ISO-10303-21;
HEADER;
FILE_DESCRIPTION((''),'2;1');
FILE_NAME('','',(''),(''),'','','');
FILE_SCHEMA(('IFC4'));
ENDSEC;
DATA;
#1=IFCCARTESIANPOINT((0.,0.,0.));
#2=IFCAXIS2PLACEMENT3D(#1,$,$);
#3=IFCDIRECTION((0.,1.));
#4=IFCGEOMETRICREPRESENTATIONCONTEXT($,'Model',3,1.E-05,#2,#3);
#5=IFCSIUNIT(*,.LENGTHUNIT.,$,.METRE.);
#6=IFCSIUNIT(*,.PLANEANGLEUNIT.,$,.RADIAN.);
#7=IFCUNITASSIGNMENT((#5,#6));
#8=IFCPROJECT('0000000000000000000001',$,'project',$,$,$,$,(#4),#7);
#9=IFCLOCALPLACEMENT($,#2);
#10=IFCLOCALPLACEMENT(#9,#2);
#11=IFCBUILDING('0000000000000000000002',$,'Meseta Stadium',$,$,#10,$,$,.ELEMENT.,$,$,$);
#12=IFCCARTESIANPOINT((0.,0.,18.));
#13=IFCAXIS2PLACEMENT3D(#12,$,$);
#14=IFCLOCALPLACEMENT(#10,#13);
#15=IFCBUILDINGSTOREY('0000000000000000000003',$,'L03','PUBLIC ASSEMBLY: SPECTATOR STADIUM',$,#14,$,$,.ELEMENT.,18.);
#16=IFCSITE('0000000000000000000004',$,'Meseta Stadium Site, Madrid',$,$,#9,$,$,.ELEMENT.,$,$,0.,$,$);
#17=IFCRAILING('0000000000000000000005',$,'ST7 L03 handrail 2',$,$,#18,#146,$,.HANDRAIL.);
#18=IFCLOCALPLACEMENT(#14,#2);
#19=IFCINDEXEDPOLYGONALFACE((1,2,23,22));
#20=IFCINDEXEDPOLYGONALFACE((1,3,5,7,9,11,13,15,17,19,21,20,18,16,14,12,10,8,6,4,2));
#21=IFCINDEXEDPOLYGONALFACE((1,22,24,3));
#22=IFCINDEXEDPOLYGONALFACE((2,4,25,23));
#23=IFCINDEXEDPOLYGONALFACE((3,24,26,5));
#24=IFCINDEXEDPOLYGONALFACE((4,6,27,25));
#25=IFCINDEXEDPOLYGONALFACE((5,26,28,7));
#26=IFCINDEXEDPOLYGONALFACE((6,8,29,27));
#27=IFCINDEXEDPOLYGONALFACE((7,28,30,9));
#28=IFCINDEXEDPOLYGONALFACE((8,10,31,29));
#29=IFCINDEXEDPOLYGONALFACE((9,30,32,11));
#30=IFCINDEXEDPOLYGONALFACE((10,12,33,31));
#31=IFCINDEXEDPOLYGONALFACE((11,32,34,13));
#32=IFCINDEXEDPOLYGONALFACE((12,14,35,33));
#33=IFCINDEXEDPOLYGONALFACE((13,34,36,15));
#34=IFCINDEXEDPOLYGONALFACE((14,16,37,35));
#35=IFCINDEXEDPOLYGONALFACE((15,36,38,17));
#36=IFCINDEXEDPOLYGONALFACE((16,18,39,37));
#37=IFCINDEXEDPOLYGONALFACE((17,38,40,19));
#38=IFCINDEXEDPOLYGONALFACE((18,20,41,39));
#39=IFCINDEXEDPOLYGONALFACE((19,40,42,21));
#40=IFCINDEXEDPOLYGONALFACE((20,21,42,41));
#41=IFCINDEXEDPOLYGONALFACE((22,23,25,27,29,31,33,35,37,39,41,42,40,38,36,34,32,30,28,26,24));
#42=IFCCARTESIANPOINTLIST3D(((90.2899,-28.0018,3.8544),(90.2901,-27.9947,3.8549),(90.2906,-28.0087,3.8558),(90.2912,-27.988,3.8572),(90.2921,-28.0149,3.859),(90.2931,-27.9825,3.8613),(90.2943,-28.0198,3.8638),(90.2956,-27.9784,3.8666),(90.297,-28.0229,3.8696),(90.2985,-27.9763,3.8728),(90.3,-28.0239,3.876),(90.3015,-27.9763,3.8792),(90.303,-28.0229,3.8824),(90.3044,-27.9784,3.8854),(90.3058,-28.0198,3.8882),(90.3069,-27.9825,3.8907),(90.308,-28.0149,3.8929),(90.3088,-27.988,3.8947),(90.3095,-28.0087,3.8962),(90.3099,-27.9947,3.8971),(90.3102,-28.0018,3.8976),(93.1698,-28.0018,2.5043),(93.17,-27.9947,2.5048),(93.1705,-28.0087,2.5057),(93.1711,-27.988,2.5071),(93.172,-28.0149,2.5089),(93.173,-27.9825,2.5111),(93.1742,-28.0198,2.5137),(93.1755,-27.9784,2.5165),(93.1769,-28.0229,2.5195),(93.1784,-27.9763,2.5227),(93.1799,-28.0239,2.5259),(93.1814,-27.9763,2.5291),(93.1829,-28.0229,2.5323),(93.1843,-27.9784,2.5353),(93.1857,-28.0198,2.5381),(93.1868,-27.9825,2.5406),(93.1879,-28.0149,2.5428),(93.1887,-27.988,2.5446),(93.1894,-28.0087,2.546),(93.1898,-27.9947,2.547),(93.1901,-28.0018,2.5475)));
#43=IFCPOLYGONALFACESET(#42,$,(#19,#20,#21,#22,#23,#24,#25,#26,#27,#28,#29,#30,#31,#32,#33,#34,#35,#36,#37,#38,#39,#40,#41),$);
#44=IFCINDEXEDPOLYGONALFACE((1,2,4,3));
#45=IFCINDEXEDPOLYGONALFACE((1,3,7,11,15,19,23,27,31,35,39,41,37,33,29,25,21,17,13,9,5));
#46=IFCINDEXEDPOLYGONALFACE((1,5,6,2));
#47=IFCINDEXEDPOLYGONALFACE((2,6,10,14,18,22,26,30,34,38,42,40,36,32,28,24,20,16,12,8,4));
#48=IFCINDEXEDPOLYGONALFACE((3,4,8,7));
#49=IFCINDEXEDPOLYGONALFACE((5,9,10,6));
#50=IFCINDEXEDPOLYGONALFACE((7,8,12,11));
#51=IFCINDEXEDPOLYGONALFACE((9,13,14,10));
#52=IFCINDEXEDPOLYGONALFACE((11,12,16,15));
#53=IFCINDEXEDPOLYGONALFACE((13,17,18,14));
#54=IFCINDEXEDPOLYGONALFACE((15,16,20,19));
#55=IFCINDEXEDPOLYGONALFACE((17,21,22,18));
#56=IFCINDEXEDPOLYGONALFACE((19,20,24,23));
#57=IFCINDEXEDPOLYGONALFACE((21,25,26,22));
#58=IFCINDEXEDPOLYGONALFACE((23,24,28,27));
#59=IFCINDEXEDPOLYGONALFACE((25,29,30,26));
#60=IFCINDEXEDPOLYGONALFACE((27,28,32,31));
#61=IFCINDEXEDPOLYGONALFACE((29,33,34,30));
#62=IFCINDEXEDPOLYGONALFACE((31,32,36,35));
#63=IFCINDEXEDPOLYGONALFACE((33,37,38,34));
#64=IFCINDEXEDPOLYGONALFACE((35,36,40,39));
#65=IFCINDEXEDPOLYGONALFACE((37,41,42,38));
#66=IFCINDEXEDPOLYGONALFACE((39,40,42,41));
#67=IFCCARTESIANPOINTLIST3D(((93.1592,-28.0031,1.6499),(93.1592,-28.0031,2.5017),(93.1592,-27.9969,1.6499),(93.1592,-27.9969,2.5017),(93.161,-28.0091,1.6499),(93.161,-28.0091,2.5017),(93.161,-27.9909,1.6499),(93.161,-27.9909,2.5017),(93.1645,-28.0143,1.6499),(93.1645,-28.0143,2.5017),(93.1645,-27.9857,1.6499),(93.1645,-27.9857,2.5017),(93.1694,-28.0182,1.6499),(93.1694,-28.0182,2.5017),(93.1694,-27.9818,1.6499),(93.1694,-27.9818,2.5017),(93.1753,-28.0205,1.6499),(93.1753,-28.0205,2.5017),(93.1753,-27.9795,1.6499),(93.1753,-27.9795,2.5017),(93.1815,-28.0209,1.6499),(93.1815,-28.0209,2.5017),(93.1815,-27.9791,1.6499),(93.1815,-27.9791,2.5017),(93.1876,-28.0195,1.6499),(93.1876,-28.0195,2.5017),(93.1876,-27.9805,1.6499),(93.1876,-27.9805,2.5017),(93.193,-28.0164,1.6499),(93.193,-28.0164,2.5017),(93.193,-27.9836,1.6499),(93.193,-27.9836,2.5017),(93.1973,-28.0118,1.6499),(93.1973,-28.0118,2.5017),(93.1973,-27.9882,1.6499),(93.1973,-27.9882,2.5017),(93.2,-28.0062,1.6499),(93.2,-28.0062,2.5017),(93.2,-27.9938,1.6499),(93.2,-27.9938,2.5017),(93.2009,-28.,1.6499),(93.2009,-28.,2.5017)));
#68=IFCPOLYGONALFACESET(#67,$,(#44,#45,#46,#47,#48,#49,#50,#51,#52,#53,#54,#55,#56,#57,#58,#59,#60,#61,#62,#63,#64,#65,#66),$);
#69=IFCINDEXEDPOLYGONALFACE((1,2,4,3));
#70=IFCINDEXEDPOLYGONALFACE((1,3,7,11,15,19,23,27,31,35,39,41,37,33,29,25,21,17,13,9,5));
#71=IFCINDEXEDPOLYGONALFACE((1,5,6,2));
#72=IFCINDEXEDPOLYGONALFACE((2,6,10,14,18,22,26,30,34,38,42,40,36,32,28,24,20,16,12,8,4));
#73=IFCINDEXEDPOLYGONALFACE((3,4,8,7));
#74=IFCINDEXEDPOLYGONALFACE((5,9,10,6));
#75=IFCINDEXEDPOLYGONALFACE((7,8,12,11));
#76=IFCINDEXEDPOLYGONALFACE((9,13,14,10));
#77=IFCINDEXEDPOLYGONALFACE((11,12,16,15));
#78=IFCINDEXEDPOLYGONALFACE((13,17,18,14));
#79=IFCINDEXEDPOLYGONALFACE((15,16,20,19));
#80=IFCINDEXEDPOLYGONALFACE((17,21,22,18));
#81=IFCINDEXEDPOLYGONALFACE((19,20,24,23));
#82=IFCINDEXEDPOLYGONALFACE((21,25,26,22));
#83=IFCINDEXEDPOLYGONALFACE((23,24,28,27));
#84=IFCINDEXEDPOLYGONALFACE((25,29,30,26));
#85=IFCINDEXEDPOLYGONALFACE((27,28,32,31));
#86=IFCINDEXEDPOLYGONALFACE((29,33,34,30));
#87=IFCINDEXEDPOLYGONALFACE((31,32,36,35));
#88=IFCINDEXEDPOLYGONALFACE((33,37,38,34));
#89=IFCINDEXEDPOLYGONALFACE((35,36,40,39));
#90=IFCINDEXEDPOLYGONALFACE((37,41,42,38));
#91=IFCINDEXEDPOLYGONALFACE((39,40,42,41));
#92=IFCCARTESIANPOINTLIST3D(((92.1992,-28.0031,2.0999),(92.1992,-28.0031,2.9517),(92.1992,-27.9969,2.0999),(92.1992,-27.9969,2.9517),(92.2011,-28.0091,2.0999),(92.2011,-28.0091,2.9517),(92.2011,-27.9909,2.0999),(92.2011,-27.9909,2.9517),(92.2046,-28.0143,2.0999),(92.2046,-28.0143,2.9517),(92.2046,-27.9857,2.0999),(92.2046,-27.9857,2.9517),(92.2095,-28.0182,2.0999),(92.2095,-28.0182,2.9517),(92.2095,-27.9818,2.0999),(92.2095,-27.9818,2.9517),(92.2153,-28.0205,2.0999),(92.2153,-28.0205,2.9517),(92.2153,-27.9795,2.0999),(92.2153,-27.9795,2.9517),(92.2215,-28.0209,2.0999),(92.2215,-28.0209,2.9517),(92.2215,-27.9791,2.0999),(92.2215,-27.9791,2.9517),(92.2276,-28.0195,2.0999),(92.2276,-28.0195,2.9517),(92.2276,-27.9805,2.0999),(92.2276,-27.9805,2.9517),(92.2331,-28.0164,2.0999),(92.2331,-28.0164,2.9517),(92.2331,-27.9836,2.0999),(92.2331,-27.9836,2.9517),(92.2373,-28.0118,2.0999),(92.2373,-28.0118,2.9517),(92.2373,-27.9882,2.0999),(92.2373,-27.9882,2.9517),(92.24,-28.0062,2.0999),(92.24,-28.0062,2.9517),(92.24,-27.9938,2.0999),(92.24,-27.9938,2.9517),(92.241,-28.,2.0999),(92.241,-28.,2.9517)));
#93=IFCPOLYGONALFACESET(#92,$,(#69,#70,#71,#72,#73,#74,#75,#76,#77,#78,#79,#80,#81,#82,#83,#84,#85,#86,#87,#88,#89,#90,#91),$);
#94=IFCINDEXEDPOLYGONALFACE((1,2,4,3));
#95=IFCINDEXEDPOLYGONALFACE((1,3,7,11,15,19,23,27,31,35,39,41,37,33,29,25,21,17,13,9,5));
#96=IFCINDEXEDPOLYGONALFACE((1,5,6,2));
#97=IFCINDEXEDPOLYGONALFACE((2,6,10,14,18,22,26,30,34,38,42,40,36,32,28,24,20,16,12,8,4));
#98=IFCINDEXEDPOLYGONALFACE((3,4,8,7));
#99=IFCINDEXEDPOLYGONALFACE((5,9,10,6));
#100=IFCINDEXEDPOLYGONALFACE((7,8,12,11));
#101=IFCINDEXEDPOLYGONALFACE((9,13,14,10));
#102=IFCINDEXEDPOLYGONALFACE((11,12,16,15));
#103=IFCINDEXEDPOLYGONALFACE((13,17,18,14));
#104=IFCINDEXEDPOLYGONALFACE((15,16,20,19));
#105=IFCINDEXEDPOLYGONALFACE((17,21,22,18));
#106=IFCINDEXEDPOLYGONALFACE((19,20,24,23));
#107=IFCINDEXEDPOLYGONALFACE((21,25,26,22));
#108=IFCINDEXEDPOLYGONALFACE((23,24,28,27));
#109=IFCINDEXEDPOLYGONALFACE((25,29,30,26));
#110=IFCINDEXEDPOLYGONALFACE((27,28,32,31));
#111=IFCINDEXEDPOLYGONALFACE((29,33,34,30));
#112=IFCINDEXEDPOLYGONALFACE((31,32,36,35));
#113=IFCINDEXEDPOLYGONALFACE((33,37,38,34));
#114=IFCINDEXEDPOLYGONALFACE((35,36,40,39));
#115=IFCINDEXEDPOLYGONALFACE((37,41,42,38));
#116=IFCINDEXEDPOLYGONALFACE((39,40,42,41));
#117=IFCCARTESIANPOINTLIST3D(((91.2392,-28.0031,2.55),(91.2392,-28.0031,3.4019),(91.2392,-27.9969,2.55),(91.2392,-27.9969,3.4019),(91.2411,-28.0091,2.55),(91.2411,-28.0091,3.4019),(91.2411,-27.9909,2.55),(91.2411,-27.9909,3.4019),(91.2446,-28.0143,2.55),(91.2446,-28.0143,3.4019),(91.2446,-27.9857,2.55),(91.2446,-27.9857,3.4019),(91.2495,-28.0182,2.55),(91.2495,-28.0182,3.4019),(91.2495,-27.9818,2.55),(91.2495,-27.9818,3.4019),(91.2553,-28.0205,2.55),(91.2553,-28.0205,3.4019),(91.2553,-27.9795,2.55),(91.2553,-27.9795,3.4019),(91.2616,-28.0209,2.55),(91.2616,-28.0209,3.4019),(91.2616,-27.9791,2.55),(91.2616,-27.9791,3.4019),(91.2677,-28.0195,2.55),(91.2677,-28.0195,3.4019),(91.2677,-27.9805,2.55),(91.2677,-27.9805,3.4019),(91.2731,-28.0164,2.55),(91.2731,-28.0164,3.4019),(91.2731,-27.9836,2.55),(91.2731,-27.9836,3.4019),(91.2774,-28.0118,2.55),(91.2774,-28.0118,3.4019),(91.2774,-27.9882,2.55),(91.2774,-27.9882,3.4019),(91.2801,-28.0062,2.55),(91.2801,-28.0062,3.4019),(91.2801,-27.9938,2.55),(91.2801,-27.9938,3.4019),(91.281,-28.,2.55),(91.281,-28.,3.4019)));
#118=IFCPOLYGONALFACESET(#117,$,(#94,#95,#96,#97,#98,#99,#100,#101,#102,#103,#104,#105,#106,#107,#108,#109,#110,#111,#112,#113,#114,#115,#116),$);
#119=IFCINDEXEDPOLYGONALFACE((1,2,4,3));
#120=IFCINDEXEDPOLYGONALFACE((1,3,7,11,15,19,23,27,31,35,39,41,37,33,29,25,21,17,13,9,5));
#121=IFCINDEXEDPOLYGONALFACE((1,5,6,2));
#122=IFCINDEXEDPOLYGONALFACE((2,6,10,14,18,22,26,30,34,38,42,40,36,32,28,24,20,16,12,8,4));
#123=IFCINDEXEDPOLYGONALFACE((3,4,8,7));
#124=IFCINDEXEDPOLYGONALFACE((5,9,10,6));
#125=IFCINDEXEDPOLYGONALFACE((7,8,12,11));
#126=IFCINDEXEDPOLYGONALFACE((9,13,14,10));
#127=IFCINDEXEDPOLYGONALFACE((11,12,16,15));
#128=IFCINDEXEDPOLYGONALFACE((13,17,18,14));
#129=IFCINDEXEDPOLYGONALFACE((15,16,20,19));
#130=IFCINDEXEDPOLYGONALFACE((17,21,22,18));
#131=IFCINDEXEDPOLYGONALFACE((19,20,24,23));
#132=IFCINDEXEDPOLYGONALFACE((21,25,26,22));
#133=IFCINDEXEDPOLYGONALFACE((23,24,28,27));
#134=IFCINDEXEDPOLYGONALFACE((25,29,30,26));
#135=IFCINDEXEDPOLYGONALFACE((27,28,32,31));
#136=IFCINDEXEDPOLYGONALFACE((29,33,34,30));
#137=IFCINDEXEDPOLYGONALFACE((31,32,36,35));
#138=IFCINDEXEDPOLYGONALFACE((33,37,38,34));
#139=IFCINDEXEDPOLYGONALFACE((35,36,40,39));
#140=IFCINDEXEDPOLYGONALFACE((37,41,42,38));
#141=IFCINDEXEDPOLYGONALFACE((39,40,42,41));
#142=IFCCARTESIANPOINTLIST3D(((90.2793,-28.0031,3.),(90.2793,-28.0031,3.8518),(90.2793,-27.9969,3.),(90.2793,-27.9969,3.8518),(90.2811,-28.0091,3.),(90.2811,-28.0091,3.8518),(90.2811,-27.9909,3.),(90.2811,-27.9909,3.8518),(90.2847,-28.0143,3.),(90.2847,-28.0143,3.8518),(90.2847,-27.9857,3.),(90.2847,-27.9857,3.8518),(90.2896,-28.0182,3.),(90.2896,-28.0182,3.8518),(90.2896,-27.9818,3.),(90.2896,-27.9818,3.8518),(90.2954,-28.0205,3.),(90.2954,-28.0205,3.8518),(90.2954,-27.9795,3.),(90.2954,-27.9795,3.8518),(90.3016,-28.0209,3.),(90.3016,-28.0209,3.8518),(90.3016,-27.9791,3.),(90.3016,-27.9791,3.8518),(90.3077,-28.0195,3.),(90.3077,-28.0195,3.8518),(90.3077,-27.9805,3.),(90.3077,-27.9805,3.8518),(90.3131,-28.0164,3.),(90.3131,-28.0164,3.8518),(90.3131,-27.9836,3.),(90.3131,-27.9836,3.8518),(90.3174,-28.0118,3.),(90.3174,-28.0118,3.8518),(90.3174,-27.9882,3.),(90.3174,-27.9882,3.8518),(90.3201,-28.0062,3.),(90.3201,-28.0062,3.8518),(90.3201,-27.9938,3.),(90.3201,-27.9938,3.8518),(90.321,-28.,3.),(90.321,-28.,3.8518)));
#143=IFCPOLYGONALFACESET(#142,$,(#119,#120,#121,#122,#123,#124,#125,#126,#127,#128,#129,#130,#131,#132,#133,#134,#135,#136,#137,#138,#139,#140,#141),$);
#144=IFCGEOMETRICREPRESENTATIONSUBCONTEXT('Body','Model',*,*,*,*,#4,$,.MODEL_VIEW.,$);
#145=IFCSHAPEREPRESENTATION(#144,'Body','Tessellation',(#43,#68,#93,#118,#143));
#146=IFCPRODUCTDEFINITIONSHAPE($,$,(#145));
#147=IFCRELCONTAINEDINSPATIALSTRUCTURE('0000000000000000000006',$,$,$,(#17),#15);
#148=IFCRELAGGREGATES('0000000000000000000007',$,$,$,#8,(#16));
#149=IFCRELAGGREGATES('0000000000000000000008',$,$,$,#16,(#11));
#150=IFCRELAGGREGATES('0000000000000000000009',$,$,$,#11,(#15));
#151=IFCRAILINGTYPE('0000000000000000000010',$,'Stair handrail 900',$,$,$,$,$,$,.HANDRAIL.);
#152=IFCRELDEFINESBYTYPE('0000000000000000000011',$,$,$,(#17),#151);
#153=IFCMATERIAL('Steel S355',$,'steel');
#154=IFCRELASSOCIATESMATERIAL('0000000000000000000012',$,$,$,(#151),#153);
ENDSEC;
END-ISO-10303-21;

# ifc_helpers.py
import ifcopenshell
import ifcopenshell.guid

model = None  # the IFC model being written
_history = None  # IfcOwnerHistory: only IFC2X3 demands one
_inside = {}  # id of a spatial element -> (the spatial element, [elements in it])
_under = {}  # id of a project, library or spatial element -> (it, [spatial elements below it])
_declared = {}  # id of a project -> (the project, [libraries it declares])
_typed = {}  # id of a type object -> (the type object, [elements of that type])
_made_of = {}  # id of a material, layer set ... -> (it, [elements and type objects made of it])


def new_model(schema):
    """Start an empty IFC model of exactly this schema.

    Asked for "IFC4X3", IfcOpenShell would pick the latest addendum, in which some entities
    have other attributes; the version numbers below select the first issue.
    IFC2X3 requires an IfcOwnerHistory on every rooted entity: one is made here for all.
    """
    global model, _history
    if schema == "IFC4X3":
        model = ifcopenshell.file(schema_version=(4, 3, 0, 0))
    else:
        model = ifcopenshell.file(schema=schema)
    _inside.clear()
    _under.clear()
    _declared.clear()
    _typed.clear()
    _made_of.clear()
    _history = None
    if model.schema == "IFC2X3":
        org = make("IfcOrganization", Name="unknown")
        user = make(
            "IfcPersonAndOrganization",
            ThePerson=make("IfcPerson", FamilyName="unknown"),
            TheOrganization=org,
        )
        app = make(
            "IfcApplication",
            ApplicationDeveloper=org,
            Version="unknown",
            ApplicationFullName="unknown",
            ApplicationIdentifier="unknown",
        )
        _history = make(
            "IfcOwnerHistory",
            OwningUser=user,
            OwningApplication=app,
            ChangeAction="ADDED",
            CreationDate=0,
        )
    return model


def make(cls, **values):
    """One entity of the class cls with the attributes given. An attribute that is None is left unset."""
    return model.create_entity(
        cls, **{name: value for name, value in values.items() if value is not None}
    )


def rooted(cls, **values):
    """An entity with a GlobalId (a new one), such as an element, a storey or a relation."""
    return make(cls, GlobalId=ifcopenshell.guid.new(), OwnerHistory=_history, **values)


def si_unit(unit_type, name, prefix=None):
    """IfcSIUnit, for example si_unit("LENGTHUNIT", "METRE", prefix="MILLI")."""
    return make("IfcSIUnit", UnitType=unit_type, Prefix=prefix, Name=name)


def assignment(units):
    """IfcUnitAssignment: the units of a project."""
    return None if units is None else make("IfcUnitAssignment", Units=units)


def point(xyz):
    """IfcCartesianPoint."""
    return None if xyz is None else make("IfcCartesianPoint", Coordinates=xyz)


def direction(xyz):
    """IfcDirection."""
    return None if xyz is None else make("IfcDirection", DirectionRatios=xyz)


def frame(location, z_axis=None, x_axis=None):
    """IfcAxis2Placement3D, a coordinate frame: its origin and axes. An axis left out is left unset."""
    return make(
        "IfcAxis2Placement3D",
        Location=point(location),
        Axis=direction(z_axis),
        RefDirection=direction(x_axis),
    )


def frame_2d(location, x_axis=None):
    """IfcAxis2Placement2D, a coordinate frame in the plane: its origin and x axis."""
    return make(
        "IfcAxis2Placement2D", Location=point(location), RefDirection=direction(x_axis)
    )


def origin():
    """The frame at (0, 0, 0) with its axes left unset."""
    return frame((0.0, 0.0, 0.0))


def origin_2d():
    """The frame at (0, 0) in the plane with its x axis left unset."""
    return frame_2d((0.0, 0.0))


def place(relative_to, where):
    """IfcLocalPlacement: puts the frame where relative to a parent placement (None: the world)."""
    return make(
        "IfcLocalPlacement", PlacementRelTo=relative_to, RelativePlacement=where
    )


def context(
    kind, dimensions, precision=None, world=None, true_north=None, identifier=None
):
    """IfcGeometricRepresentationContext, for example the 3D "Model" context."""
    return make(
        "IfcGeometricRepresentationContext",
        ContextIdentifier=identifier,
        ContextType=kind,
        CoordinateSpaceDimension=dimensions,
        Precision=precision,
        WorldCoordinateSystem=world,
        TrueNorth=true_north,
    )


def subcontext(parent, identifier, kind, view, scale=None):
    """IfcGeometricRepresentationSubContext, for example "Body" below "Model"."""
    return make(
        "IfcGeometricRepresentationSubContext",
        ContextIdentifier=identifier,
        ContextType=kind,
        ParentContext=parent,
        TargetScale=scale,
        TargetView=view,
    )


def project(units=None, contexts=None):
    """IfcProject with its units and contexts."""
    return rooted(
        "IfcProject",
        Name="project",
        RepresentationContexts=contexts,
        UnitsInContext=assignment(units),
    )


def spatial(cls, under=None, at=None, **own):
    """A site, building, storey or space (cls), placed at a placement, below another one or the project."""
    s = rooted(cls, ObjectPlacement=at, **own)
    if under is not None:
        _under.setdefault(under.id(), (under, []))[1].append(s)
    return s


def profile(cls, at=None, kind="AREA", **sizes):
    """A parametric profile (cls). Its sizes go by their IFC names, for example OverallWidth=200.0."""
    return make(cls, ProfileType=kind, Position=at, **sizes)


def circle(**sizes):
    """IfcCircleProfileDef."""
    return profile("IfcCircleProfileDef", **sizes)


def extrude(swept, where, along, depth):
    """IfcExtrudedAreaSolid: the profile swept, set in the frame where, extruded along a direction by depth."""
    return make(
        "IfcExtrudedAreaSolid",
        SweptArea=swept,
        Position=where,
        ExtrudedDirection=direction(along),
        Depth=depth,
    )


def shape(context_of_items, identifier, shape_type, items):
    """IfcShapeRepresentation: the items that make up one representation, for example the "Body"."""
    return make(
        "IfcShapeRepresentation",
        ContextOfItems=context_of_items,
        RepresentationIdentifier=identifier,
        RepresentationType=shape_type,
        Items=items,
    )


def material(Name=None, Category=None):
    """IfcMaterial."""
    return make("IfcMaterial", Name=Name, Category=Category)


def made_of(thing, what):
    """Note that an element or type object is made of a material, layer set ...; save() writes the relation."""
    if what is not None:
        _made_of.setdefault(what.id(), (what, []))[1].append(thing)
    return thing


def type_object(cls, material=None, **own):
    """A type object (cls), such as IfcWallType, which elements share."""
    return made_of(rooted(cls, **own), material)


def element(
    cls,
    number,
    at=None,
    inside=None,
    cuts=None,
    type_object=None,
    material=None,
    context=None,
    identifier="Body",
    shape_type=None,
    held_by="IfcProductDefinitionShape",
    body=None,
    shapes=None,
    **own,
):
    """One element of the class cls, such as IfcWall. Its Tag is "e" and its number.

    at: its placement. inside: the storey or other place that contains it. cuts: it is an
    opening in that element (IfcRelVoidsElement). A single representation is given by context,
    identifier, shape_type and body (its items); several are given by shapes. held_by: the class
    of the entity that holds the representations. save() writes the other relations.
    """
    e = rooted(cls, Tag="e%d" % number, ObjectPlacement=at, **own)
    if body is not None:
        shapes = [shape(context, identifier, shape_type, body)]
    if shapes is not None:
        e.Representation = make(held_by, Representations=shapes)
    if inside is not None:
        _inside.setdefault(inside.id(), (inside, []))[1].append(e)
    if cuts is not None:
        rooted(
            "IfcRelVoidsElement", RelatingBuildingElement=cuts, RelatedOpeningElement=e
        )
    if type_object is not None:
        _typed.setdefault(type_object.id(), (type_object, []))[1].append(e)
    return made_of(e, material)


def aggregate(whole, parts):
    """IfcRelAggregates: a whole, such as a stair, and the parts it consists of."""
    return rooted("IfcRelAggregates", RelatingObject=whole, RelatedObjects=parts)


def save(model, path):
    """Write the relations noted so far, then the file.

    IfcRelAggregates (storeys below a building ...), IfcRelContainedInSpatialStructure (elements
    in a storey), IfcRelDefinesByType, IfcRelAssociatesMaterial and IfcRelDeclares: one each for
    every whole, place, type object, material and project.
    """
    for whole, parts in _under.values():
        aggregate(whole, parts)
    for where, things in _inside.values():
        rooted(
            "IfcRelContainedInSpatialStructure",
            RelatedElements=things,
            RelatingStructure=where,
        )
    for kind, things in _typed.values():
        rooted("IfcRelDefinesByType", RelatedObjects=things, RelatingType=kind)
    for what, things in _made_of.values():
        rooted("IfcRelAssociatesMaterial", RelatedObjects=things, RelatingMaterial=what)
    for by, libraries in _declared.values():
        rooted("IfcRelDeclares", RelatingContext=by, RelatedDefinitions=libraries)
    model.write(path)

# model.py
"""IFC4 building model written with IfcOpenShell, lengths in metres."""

from ifc_helpers import new_model, si_unit, direction, frame, origin, origin_2d, place, context, subcontext, project, spatial, circle, extrude, material, type_object, element, save


model = new_model("IFC4")

# Units and contexts
model_context = context("Model", 3, precision=1e-05, world=origin(), true_north=direction((0.0, 1.0)))
body_context = subcontext(model_context, "Body", "Model", "MODEL_VIEW")
ifc_project = project(units=[si_unit("LENGTHUNIT", "METRE"), si_unit("PLANEANGLEUNIT", "RADIAN")], contexts=[model_context])

# Site, building, storey
site_placement = place(None, origin())
site = spatial("IfcSite", under=ifc_project, at=site_placement, Name="Meseta Stadium Site, Madrid", CompositionType="ELEMENT", RefElevation=0.0)
building_placement = place(site_placement, origin())
building = spatial("IfcBuilding", under=site, at=building_placement, Name="Meseta Stadium", CompositionType="ELEMENT")
storey_placement = place(building_placement, frame((0.0, 0.0, 18.0)))
storey = spatial("IfcBuildingStorey", under=building, at=storey_placement, Name="L03", Description="PUBLIC ASSEMBLY: SPECTATOR STADIUM", CompositionType="ELEMENT", Elevation=18.0)

# Railing
ifc_material_1 = material(Name="Steel S355", Category="steel")
railing_type_1 = type_object("IfcRailingType", Name="Stair handrail 900", PredefinedType="HANDRAIL", material=ifc_material_1)
for number, where, name in (
    (1, (93.1799, -28.0, 1.6499), "ST7 L03 handrail 2"),
):
    element("IfcRailing", number, at=place(storey_placement, frame(where)), inside=storey, type_object=railing_type_1, Name=name, PredefinedType="HANDRAIL", context=body_context, shape_type="SweptSolid", body=[
        extrude(circle(Radius=0.0239, at=origin_2d()), frame((0.0, 0.0, 0.876), z_axis=(-0.90544, 0.0, 0.424473), x_axis=(0.0, -1.0, 0.0)), (0.0, 0.0, 1.0), 3.1807),
        extrude(circle(Radius=0.021, at=origin_2d()), origin(), (0.0, 0.0, 1.0), 0.8518),
        extrude(circle(Radius=0.021, at=origin_2d()), frame((-0.96, 0.0, 0.45)), (0.0, 0.0, 1.0), 0.8518),
        extrude(circle(Radius=0.021, at=origin_2d()), frame((-1.9199, 0.0, 0.9001)), (0.0, 0.0, 1.0), 0.8518),
        extrude(circle(Radius=0.021, at=origin_2d()), frame((-2.8799, 0.0, 1.3501)), (0.0, 0.0, 1.0), 0.8518),
    ])

save(model, "model.ifc")
